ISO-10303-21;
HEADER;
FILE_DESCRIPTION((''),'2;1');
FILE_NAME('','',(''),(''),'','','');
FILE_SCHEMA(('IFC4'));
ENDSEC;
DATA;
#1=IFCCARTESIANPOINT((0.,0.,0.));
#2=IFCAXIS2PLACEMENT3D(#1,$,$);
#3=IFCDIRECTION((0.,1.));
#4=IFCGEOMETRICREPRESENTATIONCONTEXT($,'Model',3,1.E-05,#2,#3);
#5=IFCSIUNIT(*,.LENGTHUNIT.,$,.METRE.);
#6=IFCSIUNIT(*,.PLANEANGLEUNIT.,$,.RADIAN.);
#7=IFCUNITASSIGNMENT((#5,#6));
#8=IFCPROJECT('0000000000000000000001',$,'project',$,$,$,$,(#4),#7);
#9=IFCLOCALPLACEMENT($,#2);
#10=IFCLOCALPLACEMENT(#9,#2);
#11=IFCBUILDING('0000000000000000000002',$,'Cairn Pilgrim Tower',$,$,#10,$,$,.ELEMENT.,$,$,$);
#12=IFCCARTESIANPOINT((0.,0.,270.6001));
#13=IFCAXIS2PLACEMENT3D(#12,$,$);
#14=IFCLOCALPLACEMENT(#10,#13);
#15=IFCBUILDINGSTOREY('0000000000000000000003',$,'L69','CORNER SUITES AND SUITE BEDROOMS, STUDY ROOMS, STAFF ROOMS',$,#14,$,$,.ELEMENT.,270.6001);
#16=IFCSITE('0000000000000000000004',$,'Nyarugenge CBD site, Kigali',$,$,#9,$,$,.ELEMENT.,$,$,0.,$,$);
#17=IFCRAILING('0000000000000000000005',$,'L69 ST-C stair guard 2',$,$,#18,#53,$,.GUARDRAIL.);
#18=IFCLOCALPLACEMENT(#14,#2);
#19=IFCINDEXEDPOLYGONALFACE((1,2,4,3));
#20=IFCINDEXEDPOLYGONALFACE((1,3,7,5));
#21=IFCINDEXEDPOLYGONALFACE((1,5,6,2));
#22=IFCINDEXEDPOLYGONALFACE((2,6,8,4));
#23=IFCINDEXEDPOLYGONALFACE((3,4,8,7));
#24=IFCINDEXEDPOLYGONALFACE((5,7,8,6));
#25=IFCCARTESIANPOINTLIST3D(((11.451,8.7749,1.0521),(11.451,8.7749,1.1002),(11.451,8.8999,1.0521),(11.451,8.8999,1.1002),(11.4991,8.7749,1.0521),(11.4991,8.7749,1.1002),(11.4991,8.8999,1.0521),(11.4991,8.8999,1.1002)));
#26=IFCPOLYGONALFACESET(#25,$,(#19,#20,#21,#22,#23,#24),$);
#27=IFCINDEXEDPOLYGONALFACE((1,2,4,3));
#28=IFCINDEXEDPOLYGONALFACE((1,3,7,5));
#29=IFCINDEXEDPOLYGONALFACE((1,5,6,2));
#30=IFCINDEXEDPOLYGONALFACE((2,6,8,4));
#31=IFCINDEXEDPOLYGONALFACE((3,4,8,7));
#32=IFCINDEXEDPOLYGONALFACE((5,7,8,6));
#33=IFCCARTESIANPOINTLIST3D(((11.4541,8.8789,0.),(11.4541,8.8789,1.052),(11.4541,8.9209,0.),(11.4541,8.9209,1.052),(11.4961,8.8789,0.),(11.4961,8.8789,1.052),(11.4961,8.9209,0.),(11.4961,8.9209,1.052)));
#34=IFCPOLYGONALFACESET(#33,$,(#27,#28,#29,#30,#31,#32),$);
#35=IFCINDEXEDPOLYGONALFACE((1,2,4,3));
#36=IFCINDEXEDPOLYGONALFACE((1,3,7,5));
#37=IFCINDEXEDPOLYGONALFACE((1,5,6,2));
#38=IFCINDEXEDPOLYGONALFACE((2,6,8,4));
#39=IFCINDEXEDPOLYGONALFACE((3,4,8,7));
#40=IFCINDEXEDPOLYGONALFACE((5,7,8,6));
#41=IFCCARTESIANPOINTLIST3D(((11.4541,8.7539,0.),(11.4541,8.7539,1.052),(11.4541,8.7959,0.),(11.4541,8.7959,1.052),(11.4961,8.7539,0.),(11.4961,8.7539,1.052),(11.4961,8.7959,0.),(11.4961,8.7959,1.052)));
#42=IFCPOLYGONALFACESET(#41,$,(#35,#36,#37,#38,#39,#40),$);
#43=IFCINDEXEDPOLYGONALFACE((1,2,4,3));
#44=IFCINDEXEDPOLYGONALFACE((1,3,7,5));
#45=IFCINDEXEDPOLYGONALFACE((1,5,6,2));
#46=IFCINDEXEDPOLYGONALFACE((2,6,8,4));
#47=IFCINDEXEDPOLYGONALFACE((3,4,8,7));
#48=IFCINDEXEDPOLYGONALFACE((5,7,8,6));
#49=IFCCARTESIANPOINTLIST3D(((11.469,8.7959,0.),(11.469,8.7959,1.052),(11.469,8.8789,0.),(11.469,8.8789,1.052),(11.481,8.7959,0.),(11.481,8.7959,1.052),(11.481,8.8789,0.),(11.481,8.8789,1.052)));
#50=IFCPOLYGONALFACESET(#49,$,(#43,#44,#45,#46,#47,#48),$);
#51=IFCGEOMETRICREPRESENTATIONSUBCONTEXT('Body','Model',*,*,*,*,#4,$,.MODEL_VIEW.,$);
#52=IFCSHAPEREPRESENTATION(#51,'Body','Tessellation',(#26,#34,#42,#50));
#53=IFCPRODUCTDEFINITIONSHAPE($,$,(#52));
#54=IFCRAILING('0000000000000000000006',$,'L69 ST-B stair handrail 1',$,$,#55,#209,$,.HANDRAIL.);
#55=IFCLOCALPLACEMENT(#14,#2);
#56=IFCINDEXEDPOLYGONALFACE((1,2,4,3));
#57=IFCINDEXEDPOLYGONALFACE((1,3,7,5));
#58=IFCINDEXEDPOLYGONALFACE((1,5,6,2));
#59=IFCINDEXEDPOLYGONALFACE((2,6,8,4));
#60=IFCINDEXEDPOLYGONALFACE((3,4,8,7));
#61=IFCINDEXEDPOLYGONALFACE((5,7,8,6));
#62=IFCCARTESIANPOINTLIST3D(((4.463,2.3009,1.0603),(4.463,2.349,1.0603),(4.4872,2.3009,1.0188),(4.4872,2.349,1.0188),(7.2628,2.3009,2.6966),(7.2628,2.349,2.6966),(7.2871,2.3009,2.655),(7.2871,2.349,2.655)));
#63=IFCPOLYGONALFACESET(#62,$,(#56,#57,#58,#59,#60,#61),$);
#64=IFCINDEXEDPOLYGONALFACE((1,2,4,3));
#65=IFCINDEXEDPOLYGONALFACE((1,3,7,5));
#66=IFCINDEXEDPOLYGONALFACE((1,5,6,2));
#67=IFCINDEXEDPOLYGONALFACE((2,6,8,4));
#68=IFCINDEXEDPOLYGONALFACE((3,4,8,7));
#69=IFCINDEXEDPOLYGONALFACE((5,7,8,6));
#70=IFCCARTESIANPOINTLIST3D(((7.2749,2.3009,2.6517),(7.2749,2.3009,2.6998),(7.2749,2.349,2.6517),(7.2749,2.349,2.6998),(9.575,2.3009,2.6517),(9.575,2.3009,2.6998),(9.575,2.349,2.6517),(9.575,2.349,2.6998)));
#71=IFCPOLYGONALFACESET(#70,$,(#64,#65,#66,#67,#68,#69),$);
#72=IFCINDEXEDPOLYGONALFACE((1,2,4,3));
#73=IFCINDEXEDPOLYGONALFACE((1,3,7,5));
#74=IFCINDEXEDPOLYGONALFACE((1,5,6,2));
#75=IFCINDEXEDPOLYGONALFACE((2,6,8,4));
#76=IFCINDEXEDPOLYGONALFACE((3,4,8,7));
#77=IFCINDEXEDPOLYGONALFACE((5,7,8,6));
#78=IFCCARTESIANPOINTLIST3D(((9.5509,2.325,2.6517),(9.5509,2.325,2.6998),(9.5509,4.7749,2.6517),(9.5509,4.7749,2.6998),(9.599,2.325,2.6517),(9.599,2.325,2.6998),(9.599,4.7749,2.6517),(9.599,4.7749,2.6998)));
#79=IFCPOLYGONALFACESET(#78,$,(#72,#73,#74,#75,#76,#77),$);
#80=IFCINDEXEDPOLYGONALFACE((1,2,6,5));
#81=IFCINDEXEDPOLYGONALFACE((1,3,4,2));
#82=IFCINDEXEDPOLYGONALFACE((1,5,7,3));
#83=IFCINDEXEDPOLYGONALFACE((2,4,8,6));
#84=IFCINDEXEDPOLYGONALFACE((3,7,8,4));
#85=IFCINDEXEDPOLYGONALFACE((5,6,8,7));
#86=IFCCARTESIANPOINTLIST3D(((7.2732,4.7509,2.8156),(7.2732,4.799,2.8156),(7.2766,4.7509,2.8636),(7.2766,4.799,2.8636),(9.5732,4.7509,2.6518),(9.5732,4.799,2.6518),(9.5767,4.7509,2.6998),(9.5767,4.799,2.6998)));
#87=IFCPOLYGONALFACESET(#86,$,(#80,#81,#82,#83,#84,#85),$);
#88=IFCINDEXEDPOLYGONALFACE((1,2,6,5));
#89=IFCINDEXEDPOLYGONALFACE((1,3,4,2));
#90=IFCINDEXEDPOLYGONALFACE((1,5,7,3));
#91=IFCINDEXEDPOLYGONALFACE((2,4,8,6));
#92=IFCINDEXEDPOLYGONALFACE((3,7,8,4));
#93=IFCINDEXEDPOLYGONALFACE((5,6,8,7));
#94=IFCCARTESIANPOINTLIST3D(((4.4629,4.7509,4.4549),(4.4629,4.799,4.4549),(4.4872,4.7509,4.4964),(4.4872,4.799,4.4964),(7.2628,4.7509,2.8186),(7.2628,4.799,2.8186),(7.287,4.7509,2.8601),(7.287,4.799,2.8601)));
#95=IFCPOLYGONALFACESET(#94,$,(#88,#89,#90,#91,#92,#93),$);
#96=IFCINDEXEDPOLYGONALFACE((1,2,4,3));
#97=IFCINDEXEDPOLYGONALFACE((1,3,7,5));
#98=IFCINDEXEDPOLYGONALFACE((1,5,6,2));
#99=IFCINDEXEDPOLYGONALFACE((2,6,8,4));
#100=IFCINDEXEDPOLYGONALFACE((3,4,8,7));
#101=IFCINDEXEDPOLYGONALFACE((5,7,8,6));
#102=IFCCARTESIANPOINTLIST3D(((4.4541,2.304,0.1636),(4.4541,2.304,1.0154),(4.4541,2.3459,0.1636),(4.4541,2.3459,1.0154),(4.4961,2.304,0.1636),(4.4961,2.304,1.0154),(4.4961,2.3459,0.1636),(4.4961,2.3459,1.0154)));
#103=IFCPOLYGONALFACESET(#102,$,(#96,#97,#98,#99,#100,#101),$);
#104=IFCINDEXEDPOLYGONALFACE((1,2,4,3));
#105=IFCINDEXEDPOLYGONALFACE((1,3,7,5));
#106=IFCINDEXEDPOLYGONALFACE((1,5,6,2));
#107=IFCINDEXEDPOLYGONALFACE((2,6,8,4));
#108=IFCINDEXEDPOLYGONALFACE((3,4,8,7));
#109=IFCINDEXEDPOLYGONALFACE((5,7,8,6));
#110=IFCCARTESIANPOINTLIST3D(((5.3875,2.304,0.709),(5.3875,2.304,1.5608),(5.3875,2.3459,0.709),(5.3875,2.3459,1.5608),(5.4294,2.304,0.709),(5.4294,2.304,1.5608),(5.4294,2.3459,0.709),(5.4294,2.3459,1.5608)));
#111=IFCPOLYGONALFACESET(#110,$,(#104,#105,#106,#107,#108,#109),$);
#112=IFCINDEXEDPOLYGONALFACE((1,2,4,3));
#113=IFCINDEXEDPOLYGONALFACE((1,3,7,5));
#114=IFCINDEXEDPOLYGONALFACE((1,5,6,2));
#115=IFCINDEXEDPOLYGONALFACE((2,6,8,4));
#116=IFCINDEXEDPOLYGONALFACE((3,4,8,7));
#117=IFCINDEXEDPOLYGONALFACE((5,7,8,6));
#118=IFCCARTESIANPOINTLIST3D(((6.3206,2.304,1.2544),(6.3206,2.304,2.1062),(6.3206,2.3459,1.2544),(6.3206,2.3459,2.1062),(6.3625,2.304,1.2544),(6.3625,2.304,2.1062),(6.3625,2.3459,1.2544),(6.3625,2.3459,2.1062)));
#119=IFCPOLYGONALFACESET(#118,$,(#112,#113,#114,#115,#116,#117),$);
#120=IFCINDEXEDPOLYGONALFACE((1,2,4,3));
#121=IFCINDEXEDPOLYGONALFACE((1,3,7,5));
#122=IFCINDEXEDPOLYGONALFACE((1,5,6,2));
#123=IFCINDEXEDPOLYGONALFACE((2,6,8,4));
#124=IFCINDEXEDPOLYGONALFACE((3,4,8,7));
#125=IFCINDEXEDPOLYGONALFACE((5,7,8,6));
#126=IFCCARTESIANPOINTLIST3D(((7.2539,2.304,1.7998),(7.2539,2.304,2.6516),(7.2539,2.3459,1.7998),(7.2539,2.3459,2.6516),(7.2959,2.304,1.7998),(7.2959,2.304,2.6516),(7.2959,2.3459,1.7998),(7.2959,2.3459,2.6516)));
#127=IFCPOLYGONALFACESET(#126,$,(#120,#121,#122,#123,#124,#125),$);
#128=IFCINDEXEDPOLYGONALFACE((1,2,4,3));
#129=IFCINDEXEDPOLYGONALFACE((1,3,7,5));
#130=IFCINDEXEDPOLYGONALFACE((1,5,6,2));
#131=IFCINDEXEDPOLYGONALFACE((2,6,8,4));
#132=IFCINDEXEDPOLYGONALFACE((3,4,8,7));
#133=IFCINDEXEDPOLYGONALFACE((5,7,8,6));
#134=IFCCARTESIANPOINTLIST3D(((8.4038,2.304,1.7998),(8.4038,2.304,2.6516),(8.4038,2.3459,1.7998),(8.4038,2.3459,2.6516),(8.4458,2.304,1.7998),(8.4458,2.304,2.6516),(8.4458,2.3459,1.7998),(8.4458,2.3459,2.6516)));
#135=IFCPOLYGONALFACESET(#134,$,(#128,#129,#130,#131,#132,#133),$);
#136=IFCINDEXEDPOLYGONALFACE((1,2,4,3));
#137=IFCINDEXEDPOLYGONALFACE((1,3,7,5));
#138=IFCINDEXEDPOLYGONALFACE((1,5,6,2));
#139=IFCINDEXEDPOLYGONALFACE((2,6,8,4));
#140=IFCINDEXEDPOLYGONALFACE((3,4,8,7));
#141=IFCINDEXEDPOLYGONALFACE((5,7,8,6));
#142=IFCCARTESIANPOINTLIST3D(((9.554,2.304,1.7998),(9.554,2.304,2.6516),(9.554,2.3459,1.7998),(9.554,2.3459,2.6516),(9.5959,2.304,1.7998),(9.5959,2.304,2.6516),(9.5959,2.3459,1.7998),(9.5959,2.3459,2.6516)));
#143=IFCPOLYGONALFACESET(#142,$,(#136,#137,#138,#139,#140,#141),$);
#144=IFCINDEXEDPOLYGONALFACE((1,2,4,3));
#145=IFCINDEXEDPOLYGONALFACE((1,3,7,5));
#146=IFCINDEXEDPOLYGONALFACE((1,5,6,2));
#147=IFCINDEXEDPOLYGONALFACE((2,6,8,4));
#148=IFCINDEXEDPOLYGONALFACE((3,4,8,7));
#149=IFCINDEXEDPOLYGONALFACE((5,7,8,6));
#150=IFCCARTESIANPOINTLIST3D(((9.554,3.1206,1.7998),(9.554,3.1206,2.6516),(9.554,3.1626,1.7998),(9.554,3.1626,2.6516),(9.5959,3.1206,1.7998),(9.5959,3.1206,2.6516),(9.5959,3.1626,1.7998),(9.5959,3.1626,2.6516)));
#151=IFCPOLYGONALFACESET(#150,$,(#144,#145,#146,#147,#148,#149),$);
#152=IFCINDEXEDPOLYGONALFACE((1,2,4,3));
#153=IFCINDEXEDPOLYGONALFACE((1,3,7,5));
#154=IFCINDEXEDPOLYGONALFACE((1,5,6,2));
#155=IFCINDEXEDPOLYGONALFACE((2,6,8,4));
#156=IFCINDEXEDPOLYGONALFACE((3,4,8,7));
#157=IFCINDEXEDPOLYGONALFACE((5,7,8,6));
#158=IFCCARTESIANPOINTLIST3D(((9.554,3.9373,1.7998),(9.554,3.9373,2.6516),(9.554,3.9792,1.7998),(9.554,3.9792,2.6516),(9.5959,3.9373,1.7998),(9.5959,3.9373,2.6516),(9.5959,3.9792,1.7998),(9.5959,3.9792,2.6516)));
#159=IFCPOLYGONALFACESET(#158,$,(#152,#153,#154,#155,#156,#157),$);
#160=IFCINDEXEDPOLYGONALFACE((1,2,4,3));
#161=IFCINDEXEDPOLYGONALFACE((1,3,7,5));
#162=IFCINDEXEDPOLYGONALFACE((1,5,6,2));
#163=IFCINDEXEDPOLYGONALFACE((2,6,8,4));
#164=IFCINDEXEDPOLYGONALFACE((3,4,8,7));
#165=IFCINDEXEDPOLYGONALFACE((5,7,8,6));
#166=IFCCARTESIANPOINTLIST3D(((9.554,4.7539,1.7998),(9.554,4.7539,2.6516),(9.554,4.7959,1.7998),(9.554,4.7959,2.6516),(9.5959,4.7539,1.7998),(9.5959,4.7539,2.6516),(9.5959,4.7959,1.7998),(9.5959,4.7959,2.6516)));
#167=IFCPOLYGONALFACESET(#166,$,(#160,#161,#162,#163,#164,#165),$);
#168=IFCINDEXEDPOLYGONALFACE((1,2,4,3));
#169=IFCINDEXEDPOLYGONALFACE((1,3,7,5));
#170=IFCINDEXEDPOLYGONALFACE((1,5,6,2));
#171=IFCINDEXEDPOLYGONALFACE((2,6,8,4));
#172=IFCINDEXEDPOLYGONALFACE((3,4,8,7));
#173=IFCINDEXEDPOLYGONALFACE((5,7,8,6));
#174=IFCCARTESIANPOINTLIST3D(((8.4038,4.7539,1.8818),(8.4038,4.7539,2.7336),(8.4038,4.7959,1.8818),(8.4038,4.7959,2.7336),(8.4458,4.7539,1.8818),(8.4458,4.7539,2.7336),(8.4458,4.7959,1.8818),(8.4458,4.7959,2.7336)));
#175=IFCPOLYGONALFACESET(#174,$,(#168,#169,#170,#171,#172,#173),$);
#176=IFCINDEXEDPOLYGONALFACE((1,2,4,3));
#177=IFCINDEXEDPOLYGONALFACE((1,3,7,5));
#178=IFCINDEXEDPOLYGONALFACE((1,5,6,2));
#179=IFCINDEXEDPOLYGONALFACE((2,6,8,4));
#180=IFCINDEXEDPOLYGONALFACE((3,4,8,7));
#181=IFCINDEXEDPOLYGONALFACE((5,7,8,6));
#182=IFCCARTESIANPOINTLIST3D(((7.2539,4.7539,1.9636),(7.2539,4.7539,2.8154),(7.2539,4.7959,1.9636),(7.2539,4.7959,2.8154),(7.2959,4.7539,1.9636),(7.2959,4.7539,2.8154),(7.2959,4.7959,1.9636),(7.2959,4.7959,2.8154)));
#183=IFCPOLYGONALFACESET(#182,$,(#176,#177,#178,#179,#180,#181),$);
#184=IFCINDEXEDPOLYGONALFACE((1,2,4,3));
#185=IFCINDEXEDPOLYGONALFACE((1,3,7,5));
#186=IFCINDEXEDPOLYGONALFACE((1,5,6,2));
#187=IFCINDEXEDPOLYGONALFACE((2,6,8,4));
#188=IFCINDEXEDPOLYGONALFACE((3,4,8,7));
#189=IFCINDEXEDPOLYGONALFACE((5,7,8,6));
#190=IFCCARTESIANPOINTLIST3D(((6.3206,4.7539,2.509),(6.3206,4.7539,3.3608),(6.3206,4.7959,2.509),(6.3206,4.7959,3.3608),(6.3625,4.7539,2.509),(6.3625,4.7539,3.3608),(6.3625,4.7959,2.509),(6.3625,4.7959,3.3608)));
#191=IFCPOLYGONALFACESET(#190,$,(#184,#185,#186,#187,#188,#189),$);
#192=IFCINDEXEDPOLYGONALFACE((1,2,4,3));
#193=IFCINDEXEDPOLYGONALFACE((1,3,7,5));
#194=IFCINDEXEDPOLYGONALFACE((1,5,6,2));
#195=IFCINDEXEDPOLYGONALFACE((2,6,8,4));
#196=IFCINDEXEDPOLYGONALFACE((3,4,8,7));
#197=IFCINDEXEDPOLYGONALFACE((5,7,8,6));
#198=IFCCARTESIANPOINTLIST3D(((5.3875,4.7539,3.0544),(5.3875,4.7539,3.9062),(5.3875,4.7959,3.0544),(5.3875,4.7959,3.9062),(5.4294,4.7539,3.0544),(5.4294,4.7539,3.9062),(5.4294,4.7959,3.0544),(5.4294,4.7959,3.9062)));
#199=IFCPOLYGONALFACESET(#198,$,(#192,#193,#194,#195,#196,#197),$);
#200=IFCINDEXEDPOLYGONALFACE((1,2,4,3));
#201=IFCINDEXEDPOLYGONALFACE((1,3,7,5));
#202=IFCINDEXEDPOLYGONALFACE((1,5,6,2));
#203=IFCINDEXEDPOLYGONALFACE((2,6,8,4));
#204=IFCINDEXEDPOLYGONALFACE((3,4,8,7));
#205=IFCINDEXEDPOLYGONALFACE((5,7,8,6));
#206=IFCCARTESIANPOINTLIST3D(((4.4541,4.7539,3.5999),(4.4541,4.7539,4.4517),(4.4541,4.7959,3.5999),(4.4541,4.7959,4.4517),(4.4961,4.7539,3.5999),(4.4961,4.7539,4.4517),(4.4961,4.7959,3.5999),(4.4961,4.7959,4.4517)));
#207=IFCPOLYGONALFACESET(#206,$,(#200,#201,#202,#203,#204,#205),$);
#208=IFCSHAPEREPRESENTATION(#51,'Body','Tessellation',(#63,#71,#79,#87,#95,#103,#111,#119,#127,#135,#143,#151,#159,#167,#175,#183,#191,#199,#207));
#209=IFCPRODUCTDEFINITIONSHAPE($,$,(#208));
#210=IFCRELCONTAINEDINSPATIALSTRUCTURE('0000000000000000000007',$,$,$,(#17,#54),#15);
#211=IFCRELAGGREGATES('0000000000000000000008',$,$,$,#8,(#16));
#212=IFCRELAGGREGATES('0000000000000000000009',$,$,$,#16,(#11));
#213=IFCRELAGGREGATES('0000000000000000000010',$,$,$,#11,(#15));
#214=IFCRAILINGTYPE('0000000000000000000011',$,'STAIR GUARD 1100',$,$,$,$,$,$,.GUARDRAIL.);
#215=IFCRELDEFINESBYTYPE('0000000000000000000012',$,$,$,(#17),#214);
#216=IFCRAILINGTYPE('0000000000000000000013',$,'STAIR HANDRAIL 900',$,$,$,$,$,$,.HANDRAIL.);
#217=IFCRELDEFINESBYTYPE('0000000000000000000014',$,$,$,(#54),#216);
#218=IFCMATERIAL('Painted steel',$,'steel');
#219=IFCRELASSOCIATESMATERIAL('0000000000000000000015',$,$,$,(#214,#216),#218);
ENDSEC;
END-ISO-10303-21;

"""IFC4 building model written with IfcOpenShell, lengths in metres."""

from ifc_helpers import new_model, si_unit, direction, frame, origin, origin_2d, place, context, subcontext, project, spatial, polyline, rectangle, outline, extrude, material, type_object, element, save


model = new_model("IFC4")

# Units and contexts
model_context = context("Model", 3, precision=1e-05, world=origin(), true_north=direction((0.0, 1.0)))
body_context = subcontext(model_context, "Body", "Model", "MODEL_VIEW")
ifc_project = project(units=[si_unit("LENGTHUNIT", "METRE"), si_unit("PLANEANGLEUNIT", "RADIAN")], contexts=[model_context])

# Site, building, storey
site_placement = place(None, origin())
site = spatial("IfcSite", under=ifc_project, at=site_placement, Name="Nyarugenge CBD site, Kigali", CompositionType="ELEMENT", RefElevation=0.0)
building_placement = place(site_placement, origin())
building = spatial("IfcBuilding", under=site, at=building_placement, Name="Cairn Pilgrim Tower", CompositionType="ELEMENT")
storey_placement = place(building_placement, frame((0.0, 0.0, 270.6001)))
storey = spatial("IfcBuildingStorey", under=building, at=storey_placement, Name="L69", Description="CORNER SUITES AND SUITE BEDROOMS, STUDY ROOMS, STAFF ROOMS", CompositionType="ELEMENT", Elevation=270.6001)

# Shared definitions
ifc_material_1 = material(Name="Painted steel", Category="steel")

# Railings
railing_type_1 = type_object("IfcRailingType", Name="STAIR GUARD 1100", PredefinedType="GUARDRAIL", material=ifc_material_1)
railing_1_placement = place(storey_placement, frame((11.4751, 8.8999, 0.0)))
element("IfcRailing", 1, at=railing_1_placement, inside=storey, type_object=railing_type_1, Name="L69 ST-C stair guard 2", PredefinedType="GUARDRAIL", context=body_context, shape_type="SweptSolid", body=[
    extrude(rectangle(XDim=0.0481, YDim=0.0481, at=origin_2d()), frame((0.0, 0.0, 1.0762), z_axis=(0.0, -1.0, 0.0), x_axis=(1.0, 0.0, 0.0)), (0.0, 0.0, 1.0), 0.125),
    extrude(rectangle(XDim=0.042, YDim=0.042, at=origin_2d()), origin(), (0.0, 0.0, 1.0), 1.052),
    extrude(rectangle(XDim=0.042, YDim=0.042, at=origin_2d()), frame((0.0, -0.125, 0.0)), (0.0, 0.0, 1.0), 1.052),
    extrude(outline(polyline([(0.021, 0.0), (0.104, 0.0), (0.104, 1.052), (0.021, 1.052), (0.021, 0.0)])), frame((0.0059, 0.0, 0.0), z_axis=(-1.0, 0.0, 0.0), x_axis=(0.0, -1.0, 0.0)), (0.0, 0.0, 1.0), 0.012),
])
railing_type_2 = type_object("IfcRailingType", Name="STAIR HANDRAIL 900", PredefinedType="HANDRAIL", material=ifc_material_1)
railing_2_placement = place(storey_placement, frame((4.4751, 2.325, 0.1636)))
element("IfcRailing", 2, at=railing_2_placement, inside=storey, type_object=railing_type_2, Name="L69 ST-B stair handrail 1", PredefinedType="HANDRAIL", context=body_context, shape_type="SweptSolid", body=[
    extrude(rectangle(XDim=0.0481, YDim=0.0481, at=origin_2d()), frame((0.0, 0.0, 0.876), z_axis=(0.863374, 0.0, 0.504564), x_axis=(0.0, 1.0, 0.0)), (0.0, 0.0, 1.0), 3.2429),
    extrude(rectangle(XDim=0.0481, YDim=0.0481, at=origin_2d()), frame((2.7998, 0.0, 2.5122), z_axis=(1.0, 0.0, 0.0), x_axis=(0.0, 1.0, 0.0)), (0.0, 0.0, 1.0), 2.3),
    extrude(rectangle(XDim=0.0481, YDim=0.0481, at=origin_2d()), frame((5.0999, 0.0, 2.5122), z_axis=(0.0, 1.0, 0.0), x_axis=(-1.0, 0.0, 0.0)), (0.0, 0.0, 1.0), 2.45),
    extrude(rectangle(XDim=0.0481, YDim=0.0481, at=origin_2d()), frame((5.0999, 2.45, 2.5122), z_axis=(-0.997473, 0.0, 0.071044), x_axis=(0.0, -1.0, 0.0)), (0.0, 0.0, 1.0), 2.3059),
    extrude(rectangle(XDim=0.0481, YDim=0.0481, at=origin_2d()), frame((2.7998, 2.45, 2.6758), z_axis=(-0.863374, 0.0, 0.504564), x_axis=(0.0, -1.0, 0.0)), (0.0, 0.0, 1.0), 3.2429),
    extrude(rectangle(XDim=0.042, YDim=0.042, at=origin_2d()), origin(), (0.0, 0.0, 1.0), 0.8518),
    extrude(rectangle(XDim=0.042, YDim=0.042, at=origin_2d()), frame((0.9333, 0.0, 0.5454)), (0.0, 0.0, 1.0), 0.8518),
    extrude(rectangle(XDim=0.042, YDim=0.042, at=origin_2d()), frame((1.8665, 0.0, 1.0908)), (0.0, 0.0, 1.0), 0.8518),
    extrude(rectangle(XDim=0.042, YDim=0.042, at=origin_2d()), frame((2.7998, 0.0, 1.6362)), (0.0, 0.0, 1.0), 0.8518),
    extrude(rectangle(XDim=0.042, YDim=0.042, at=origin_2d()), frame((3.9497, 0.0, 1.6362)), (0.0, 0.0, 1.0), 0.8518),
    extrude(rectangle(XDim=0.042, YDim=0.042, at=origin_2d()), frame((5.0999, 0.0, 1.6362)), (0.0, 0.0, 1.0), 0.8518),
    extrude(rectangle(XDim=0.042, YDim=0.042, at=origin_2d()), frame((5.0999, 0.8167, 1.6362)), (0.0, 0.0, 1.0), 0.8518),
    extrude(rectangle(XDim=0.042, YDim=0.042, at=origin_2d()), frame((5.0999, 1.6333, 1.6362)), (0.0, 0.0, 1.0), 0.8518),
    extrude(rectangle(XDim=0.042, YDim=0.042, at=origin_2d()), frame((5.0999, 2.45, 1.6362)), (0.0, 0.0, 1.0), 0.8518),
    extrude(rectangle(XDim=0.042, YDim=0.042, at=origin_2d()), frame((3.9497, 2.45, 1.7183)), (0.0, 0.0, 1.0), 0.8518),
    extrude(rectangle(XDim=0.042, YDim=0.042, at=origin_2d()), frame((2.7998, 2.45, 1.8)), (0.0, 0.0, 1.0), 0.8518),
    extrude(rectangle(XDim=0.042, YDim=0.042, at=origin_2d()), frame((1.8665, 2.45, 2.3455)), (0.0, 0.0, 1.0), 0.8518),
    extrude(rectangle(XDim=0.042, YDim=0.042, at=origin_2d()), frame((0.9333, 2.45, 2.8909)), (0.0, 0.0, 1.0), 0.8518),
    extrude(rectangle(XDim=0.042, YDim=0.042, at=origin_2d()), frame((0.0, 2.45, 3.4363)), (0.0, 0.0, 1.0), 0.8518),
])

save(model, "model.ifc")
